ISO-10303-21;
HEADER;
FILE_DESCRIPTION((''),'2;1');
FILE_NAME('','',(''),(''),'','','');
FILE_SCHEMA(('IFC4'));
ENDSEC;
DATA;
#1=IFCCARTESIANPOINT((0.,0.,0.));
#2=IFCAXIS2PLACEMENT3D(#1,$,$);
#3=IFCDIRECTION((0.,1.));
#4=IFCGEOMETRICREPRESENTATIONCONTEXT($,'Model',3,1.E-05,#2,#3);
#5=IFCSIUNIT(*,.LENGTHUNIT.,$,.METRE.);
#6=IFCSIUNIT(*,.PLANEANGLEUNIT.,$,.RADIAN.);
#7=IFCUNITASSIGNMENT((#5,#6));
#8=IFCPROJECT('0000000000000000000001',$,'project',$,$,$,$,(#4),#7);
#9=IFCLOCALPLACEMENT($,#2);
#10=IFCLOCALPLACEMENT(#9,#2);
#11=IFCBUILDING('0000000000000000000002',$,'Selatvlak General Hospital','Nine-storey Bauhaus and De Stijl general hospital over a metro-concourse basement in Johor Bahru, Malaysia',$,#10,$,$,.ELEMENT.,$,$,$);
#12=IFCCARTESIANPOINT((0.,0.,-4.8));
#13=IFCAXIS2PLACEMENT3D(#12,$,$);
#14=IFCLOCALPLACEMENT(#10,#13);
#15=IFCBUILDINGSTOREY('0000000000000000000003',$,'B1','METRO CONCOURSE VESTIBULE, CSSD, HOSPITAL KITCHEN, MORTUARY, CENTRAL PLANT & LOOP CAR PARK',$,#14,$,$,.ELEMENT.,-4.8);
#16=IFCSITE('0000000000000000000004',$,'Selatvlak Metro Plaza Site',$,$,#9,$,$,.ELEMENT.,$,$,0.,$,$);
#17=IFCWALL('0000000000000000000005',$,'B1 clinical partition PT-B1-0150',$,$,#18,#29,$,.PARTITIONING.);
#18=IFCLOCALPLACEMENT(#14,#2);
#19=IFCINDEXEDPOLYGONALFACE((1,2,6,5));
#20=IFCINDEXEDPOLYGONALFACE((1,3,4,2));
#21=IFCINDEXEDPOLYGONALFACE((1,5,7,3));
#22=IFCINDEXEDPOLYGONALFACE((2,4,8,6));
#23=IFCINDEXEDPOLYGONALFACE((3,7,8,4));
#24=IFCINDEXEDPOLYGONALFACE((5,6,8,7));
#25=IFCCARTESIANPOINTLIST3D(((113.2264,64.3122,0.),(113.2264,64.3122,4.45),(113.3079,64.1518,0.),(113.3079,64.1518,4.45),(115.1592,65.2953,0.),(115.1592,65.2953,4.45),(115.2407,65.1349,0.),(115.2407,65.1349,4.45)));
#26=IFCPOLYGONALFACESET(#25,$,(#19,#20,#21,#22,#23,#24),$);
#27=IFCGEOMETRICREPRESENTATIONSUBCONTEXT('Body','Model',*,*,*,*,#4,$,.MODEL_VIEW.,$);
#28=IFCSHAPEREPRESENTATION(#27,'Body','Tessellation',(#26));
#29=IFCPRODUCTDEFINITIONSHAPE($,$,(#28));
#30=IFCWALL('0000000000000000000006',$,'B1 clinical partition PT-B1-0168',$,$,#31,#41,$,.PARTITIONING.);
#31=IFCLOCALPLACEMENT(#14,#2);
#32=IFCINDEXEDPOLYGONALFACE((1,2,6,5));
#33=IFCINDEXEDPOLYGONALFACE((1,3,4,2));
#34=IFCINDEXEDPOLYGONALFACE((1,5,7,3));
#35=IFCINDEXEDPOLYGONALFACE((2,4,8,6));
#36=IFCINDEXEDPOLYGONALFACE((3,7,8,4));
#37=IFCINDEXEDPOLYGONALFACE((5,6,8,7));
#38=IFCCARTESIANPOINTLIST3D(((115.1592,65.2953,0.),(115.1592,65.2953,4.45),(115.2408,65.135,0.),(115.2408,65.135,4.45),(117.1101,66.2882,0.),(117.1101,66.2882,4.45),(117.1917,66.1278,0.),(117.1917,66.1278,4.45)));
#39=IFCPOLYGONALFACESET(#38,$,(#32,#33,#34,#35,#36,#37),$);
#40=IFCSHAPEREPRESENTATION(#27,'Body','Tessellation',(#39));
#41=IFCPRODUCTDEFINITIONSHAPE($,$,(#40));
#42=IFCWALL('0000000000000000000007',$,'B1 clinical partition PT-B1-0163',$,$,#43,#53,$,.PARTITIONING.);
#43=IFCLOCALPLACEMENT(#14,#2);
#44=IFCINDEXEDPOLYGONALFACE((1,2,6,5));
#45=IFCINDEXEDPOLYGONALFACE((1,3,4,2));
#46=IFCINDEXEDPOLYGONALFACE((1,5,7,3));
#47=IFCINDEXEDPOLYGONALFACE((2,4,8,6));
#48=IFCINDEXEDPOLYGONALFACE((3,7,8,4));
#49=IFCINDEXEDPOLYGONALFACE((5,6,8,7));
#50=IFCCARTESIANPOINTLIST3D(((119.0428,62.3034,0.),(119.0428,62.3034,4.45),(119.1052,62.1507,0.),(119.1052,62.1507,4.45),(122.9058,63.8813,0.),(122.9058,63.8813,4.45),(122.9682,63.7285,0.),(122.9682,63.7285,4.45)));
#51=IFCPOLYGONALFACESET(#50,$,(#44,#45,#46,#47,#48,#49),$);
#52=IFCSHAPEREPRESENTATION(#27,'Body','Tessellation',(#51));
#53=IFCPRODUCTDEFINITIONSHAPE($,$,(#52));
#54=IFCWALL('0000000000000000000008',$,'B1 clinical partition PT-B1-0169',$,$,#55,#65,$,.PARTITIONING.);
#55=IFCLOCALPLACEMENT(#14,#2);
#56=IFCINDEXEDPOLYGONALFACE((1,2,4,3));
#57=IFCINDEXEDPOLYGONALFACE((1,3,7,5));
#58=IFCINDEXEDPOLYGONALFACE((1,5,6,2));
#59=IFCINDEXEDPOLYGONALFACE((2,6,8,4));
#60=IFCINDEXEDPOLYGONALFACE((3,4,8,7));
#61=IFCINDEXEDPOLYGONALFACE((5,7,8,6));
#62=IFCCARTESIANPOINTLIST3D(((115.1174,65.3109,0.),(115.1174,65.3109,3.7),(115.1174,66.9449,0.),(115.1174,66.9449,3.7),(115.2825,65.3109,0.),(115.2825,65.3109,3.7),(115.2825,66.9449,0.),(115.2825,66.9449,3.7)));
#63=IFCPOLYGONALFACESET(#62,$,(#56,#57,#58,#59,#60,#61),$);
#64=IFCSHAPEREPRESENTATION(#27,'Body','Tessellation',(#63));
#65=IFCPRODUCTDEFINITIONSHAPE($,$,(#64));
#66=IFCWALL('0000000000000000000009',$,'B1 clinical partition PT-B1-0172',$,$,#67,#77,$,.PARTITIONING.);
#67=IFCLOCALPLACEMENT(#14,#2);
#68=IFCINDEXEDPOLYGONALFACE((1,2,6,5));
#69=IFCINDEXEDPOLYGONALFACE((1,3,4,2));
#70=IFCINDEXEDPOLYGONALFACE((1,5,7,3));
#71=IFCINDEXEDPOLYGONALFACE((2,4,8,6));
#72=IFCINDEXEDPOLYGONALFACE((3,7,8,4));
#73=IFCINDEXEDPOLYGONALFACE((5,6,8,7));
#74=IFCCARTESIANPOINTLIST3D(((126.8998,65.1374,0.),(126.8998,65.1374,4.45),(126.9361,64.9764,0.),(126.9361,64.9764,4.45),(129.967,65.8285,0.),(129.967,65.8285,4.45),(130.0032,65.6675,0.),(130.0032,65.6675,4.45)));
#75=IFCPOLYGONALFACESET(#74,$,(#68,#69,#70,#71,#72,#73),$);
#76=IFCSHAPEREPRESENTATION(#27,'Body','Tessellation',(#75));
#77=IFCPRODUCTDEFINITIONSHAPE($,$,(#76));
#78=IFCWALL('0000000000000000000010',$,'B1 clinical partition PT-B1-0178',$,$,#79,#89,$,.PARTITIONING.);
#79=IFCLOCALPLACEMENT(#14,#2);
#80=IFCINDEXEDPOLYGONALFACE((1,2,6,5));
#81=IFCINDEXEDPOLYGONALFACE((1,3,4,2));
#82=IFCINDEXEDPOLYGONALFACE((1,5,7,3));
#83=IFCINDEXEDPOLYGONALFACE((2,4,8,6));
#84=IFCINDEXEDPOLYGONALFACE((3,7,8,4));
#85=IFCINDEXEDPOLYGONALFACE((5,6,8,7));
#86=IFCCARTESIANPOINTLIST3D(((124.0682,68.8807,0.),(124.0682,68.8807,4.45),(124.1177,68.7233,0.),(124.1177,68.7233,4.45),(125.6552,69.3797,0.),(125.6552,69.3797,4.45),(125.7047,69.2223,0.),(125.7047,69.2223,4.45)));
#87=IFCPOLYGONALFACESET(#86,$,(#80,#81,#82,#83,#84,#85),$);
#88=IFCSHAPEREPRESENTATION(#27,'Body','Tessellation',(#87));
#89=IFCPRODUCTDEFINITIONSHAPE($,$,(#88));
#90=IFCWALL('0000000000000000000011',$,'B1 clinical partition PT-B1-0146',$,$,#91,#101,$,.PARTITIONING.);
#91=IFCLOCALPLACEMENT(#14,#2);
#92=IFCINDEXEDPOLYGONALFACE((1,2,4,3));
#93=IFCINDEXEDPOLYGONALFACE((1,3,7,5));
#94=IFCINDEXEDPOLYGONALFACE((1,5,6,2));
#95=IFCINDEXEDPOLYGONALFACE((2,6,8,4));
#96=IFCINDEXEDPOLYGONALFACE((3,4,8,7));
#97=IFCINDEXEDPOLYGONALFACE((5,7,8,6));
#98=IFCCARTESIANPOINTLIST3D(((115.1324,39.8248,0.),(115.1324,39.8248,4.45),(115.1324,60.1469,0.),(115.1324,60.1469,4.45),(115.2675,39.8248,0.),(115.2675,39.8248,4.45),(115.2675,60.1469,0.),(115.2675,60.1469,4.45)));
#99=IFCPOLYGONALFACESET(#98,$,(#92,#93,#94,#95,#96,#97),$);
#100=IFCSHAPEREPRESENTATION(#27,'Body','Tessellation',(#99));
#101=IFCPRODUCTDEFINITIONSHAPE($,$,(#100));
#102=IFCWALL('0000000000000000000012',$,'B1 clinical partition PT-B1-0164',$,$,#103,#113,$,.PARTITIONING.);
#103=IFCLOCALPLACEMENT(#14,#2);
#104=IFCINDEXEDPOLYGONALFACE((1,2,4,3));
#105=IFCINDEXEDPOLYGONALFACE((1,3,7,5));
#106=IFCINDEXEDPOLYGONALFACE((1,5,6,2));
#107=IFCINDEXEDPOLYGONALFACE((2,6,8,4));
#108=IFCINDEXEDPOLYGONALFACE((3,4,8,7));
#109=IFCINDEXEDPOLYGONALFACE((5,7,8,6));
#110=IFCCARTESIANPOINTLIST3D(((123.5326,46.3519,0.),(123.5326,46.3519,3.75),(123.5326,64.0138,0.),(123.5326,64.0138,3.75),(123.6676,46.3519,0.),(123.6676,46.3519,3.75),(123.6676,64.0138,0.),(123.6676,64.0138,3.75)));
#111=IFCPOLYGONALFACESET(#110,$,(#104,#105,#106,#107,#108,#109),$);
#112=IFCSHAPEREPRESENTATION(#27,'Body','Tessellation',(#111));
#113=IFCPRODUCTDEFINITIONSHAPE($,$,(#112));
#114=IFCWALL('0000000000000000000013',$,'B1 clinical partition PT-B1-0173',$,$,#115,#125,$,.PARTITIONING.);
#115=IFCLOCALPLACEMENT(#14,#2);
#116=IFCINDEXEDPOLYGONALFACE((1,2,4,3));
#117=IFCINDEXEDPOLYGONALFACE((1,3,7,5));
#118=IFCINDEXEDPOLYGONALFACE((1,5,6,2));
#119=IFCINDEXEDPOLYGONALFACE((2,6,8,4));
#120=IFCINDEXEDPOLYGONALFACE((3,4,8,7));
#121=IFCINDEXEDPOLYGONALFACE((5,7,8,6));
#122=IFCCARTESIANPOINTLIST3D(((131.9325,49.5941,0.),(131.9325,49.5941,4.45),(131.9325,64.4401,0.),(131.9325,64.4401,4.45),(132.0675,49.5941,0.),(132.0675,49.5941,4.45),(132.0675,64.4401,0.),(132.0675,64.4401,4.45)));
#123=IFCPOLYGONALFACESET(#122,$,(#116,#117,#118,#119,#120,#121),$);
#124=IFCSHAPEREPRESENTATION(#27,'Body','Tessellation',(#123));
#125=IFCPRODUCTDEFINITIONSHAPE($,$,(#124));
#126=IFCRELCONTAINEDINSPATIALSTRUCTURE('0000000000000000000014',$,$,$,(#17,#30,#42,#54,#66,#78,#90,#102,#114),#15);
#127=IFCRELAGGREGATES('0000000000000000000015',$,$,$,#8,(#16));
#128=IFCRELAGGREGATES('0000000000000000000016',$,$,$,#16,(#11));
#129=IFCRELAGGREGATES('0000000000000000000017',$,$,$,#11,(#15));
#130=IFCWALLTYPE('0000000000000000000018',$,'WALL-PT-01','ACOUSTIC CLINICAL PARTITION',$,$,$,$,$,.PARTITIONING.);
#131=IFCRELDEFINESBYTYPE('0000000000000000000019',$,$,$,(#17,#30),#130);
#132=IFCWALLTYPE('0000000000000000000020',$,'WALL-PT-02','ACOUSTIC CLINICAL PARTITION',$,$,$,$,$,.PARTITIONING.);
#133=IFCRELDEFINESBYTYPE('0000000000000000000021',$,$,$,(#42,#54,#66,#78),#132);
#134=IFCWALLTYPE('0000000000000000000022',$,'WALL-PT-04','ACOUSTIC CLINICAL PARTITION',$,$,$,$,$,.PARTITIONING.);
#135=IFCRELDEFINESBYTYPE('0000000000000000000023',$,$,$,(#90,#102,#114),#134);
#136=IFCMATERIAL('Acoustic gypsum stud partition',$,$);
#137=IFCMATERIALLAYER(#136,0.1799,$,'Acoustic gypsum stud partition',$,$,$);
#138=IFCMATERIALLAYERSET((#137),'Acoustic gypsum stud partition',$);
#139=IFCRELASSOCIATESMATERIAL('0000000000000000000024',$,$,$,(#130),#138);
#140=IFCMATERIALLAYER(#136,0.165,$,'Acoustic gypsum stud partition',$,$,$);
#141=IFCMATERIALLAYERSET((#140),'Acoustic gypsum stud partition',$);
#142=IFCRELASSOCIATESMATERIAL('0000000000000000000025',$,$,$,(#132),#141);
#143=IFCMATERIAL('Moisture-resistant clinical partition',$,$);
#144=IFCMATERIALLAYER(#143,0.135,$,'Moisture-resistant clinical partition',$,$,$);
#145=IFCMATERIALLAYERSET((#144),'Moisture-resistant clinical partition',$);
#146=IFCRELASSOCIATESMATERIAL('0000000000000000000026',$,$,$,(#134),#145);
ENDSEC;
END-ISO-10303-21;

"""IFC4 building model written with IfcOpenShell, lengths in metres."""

from ifc_helpers import new_model, si_unit, direction, frame, frame_2d, origin, place, context, subcontext, project, spatial, rectangle, extrude, material, layer, layer_set, type_object, element, save


model = new_model("IFC4")

# Units and contexts
model_context = context("Model", 3, precision=1e-05, world=origin(), true_north=direction((0.0, 1.0)))
body_context = subcontext(model_context, "Body", "Model", "MODEL_VIEW")
ifc_project = project(units=[si_unit("LENGTHUNIT", "METRE"), si_unit("PLANEANGLEUNIT", "RADIAN")], contexts=[model_context])

# Site, building, storey
site_placement = place(None, origin())
site = spatial("IfcSite", under=ifc_project, at=site_placement, Name="Selatvlak Metro Plaza Site", CompositionType="ELEMENT", RefElevation=0.0)
building_placement = place(site_placement, origin())
building = spatial("IfcBuilding", under=site, at=building_placement, Name="Selatvlak General Hospital", Description="Nine-storey Bauhaus and De Stijl general hospital over a metro-concourse basement in Johor Bahru, Malaysia", CompositionType="ELEMENT")
storey_placement = place(building_placement, frame((0.0, 0.0, -4.8)))
storey = spatial("IfcBuildingStorey", under=building, at=storey_placement, Name="B1", Description="METRO CONCOURSE VESTIBULE, CSSD, HOSPITAL KITCHEN, MORTUARY, CENTRAL PLANT & LOOP CAR PARK", CompositionType="ELEMENT", Elevation=-4.8)

# Wall
ifc_material_1 = material(Name="Acoustic gypsum stud partition")
ifc_layer_1 = layer(ifc_material_1, 0.1799, Name="Acoustic gypsum stud partition")
ifc_layer_set_1 = layer_set([ifc_layer_1], Name="Acoustic gypsum stud partition")
wall_type_1 = type_object("IfcWallType", Name="WALL-PT-01", Description="ACOUSTIC CLINICAL PARTITION", PredefinedType="PARTITIONING", material=ifc_layer_set_1)
wall_1_placement = place(storey_placement, frame((115.2, 65.2151, 0.0), z_axis=(0.0, 0.0, 1.0), x_axis=(-0.891321, -0.453373, 0.0)))
element("IfcWall", 1, at=wall_1_placement, inside=storey, type_object=wall_type_1, Name="B1 clinical partition PT-B1-0150", PredefinedType="PARTITIONING", context=body_context, shape_type="SweptSolid", body=[
    extrude(rectangle(XDim=2.1685, YDim=0.1799, at=frame_2d((1.0842, 0.0))), origin(), (0.0, 0.0, 1.0), 4.45),
])

# Wall
wall_2_placement = place(storey_placement, frame((117.1509, 66.208, 0.0), z_axis=(0.0, 0.0, 1.0), x_axis=(-0.891215, -0.453582, 0.0)))
element("IfcWall", 2, at=wall_2_placement, inside=storey, type_object=wall_type_1, Name="B1 clinical partition PT-B1-0168", PredefinedType="PARTITIONING", context=body_context, shape_type="SweptSolid", body=[
    extrude(rectangle(XDim=2.189, YDim=0.1799, at=frame_2d((1.0945, 0.0))), origin(), (0.0, 0.0, 1.0), 4.45),
])

# Walls
ifc_layer_2 = layer(ifc_material_1, 0.165, Name="Acoustic gypsum stud partition")
ifc_layer_set_2 = layer_set([ifc_layer_2], Name="Acoustic gypsum stud partition")
wall_type_2 = type_object("IfcWallType", Name="WALL-PT-02", Description="ACOUSTIC CLINICAL PARTITION", PredefinedType="PARTITIONING", material=ifc_layer_set_2)
wall_3_placement = place(storey_placement, frame((119.074, 62.2271, 0.0), z_axis=(0.0, 0.0, 1.0), x_axis=(0.925753, 0.378129, 0.0)))
element("IfcWall", 3, at=wall_3_placement, inside=storey, type_object=wall_type_2, Name="B1 clinical partition PT-B1-0163", PredefinedType="PARTITIONING", context=body_context, shape_type="SweptSolid", body=[
    extrude(rectangle(XDim=4.1729, YDim=0.165, at=frame_2d((2.0864, 0.0))), origin(), (0.0, 0.0, 1.0), 4.45),
])
wall_4_placement = place(storey_placement, frame((115.2, 65.311, 0.0), z_axis=(0.0, 0.0, 1.0), x_axis=(0.0, 1.0, 0.0)))
element("IfcWall", 4, at=wall_4_placement, inside=storey, type_object=wall_type_2, Name="B1 clinical partition PT-B1-0169", PredefinedType="PARTITIONING", context=body_context, shape_type="SweptSolid", body=[
    extrude(rectangle(XDim=1.634, YDim=0.165, at=frame_2d((0.8169, 0.0))), origin(), (0.0, 0.0, 1.0), 3.7),
])
wall_5_placement = place(storey_placement, frame((126.918, 65.0569, 0.0), z_axis=(0.0, 0.0, 1.0), x_axis=(0.975538, 0.219832, 0.0)))
element("IfcWall", 5, at=wall_5_placement, inside=storey, type_object=wall_type_2, Name="B1 clinical partition PT-B1-0172", PredefinedType="PARTITIONING", context=body_context, shape_type="SweptSolid", body=[
    extrude(rectangle(XDim=3.144, YDim=0.165, at=frame_2d((1.572, 0.0))), origin(), (0.0, 0.0, 1.0), 4.45),
])
wall_6_placement = place(storey_placement, frame((125.6799, 69.301, 0.0), z_axis=(0.0, 0.0, 1.0), x_axis=(-0.953946, -0.299979, 0.0)))
element("IfcWall", 6, at=wall_6_placement, inside=storey, type_object=wall_type_2, Name="B1 clinical partition PT-B1-0178", PredefinedType="PARTITIONING", context=body_context, shape_type="SweptSolid", body=[
    extrude(rectangle(XDim=1.6636, YDim=0.165, at=frame_2d((0.8318, 0.0))), origin(), (0.0, 0.0, 1.0), 4.45),
])
ifc_material_2 = material(Name="Moisture-resistant clinical partition")
ifc_layer_3 = layer(ifc_material_2, 0.135, Name="Moisture-resistant clinical partition")
ifc_layer_set_3 = layer_set([ifc_layer_3], Name="Moisture-resistant clinical partition")
wall_type_3 = type_object("IfcWallType", Name="WALL-PT-04", Description="ACOUSTIC CLINICAL PARTITION", PredefinedType="PARTITIONING", material=ifc_layer_set_3)
wall_7_placement = place(storey_placement, frame((115.2, 60.147, 0.0), z_axis=(0.0, 0.0, 1.0), x_axis=(0.0, -1.0, 0.0)))
element("IfcWall", 7, at=wall_7_placement, inside=storey, type_object=wall_type_3, Name="B1 clinical partition PT-B1-0146", PredefinedType="PARTITIONING", context=body_context, shape_type="SweptSolid", body=[
    extrude(rectangle(XDim=20.322, YDim=0.135, at=frame_2d((10.1611, 0.0))), origin(), (0.0, 0.0, 1.0), 4.45),
])
wall_8_placement = place(storey_placement, frame((123.6001, 64.0139, 0.0), z_axis=(0.0, 0.0, 1.0), x_axis=(0.0, -1.0, 0.0)))
element("IfcWall", 8, at=wall_8_placement, inside=storey, type_object=wall_type_3, Name="B1 clinical partition PT-B1-0164", PredefinedType="PARTITIONING", context=body_context, shape_type="SweptSolid", body=[
    extrude(rectangle(XDim=17.6619, YDim=0.135, at=frame_2d((8.8311, 0.0))), origin(), (0.0, 0.0, 1.0), 3.75),
])

# Wall
wall_9_placement = place(storey_placement, frame((132.0, 64.4399, 0.0), z_axis=(0.0, 0.0, 1.0), x_axis=(0.0, -1.0, 0.0)))
element("IfcWall", 9, at=wall_9_placement, inside=storey, type_object=wall_type_3, Name="B1 clinical partition PT-B1-0173", PredefinedType="PARTITIONING", context=body_context, shape_type="SweptSolid", body=[
    extrude(rectangle(XDim=14.8459, YDim=0.135, at=frame_2d((7.4229, 0.0))), origin(), (0.0, 0.0, 1.0), 4.45),
])

save(model, "model.ifc")
